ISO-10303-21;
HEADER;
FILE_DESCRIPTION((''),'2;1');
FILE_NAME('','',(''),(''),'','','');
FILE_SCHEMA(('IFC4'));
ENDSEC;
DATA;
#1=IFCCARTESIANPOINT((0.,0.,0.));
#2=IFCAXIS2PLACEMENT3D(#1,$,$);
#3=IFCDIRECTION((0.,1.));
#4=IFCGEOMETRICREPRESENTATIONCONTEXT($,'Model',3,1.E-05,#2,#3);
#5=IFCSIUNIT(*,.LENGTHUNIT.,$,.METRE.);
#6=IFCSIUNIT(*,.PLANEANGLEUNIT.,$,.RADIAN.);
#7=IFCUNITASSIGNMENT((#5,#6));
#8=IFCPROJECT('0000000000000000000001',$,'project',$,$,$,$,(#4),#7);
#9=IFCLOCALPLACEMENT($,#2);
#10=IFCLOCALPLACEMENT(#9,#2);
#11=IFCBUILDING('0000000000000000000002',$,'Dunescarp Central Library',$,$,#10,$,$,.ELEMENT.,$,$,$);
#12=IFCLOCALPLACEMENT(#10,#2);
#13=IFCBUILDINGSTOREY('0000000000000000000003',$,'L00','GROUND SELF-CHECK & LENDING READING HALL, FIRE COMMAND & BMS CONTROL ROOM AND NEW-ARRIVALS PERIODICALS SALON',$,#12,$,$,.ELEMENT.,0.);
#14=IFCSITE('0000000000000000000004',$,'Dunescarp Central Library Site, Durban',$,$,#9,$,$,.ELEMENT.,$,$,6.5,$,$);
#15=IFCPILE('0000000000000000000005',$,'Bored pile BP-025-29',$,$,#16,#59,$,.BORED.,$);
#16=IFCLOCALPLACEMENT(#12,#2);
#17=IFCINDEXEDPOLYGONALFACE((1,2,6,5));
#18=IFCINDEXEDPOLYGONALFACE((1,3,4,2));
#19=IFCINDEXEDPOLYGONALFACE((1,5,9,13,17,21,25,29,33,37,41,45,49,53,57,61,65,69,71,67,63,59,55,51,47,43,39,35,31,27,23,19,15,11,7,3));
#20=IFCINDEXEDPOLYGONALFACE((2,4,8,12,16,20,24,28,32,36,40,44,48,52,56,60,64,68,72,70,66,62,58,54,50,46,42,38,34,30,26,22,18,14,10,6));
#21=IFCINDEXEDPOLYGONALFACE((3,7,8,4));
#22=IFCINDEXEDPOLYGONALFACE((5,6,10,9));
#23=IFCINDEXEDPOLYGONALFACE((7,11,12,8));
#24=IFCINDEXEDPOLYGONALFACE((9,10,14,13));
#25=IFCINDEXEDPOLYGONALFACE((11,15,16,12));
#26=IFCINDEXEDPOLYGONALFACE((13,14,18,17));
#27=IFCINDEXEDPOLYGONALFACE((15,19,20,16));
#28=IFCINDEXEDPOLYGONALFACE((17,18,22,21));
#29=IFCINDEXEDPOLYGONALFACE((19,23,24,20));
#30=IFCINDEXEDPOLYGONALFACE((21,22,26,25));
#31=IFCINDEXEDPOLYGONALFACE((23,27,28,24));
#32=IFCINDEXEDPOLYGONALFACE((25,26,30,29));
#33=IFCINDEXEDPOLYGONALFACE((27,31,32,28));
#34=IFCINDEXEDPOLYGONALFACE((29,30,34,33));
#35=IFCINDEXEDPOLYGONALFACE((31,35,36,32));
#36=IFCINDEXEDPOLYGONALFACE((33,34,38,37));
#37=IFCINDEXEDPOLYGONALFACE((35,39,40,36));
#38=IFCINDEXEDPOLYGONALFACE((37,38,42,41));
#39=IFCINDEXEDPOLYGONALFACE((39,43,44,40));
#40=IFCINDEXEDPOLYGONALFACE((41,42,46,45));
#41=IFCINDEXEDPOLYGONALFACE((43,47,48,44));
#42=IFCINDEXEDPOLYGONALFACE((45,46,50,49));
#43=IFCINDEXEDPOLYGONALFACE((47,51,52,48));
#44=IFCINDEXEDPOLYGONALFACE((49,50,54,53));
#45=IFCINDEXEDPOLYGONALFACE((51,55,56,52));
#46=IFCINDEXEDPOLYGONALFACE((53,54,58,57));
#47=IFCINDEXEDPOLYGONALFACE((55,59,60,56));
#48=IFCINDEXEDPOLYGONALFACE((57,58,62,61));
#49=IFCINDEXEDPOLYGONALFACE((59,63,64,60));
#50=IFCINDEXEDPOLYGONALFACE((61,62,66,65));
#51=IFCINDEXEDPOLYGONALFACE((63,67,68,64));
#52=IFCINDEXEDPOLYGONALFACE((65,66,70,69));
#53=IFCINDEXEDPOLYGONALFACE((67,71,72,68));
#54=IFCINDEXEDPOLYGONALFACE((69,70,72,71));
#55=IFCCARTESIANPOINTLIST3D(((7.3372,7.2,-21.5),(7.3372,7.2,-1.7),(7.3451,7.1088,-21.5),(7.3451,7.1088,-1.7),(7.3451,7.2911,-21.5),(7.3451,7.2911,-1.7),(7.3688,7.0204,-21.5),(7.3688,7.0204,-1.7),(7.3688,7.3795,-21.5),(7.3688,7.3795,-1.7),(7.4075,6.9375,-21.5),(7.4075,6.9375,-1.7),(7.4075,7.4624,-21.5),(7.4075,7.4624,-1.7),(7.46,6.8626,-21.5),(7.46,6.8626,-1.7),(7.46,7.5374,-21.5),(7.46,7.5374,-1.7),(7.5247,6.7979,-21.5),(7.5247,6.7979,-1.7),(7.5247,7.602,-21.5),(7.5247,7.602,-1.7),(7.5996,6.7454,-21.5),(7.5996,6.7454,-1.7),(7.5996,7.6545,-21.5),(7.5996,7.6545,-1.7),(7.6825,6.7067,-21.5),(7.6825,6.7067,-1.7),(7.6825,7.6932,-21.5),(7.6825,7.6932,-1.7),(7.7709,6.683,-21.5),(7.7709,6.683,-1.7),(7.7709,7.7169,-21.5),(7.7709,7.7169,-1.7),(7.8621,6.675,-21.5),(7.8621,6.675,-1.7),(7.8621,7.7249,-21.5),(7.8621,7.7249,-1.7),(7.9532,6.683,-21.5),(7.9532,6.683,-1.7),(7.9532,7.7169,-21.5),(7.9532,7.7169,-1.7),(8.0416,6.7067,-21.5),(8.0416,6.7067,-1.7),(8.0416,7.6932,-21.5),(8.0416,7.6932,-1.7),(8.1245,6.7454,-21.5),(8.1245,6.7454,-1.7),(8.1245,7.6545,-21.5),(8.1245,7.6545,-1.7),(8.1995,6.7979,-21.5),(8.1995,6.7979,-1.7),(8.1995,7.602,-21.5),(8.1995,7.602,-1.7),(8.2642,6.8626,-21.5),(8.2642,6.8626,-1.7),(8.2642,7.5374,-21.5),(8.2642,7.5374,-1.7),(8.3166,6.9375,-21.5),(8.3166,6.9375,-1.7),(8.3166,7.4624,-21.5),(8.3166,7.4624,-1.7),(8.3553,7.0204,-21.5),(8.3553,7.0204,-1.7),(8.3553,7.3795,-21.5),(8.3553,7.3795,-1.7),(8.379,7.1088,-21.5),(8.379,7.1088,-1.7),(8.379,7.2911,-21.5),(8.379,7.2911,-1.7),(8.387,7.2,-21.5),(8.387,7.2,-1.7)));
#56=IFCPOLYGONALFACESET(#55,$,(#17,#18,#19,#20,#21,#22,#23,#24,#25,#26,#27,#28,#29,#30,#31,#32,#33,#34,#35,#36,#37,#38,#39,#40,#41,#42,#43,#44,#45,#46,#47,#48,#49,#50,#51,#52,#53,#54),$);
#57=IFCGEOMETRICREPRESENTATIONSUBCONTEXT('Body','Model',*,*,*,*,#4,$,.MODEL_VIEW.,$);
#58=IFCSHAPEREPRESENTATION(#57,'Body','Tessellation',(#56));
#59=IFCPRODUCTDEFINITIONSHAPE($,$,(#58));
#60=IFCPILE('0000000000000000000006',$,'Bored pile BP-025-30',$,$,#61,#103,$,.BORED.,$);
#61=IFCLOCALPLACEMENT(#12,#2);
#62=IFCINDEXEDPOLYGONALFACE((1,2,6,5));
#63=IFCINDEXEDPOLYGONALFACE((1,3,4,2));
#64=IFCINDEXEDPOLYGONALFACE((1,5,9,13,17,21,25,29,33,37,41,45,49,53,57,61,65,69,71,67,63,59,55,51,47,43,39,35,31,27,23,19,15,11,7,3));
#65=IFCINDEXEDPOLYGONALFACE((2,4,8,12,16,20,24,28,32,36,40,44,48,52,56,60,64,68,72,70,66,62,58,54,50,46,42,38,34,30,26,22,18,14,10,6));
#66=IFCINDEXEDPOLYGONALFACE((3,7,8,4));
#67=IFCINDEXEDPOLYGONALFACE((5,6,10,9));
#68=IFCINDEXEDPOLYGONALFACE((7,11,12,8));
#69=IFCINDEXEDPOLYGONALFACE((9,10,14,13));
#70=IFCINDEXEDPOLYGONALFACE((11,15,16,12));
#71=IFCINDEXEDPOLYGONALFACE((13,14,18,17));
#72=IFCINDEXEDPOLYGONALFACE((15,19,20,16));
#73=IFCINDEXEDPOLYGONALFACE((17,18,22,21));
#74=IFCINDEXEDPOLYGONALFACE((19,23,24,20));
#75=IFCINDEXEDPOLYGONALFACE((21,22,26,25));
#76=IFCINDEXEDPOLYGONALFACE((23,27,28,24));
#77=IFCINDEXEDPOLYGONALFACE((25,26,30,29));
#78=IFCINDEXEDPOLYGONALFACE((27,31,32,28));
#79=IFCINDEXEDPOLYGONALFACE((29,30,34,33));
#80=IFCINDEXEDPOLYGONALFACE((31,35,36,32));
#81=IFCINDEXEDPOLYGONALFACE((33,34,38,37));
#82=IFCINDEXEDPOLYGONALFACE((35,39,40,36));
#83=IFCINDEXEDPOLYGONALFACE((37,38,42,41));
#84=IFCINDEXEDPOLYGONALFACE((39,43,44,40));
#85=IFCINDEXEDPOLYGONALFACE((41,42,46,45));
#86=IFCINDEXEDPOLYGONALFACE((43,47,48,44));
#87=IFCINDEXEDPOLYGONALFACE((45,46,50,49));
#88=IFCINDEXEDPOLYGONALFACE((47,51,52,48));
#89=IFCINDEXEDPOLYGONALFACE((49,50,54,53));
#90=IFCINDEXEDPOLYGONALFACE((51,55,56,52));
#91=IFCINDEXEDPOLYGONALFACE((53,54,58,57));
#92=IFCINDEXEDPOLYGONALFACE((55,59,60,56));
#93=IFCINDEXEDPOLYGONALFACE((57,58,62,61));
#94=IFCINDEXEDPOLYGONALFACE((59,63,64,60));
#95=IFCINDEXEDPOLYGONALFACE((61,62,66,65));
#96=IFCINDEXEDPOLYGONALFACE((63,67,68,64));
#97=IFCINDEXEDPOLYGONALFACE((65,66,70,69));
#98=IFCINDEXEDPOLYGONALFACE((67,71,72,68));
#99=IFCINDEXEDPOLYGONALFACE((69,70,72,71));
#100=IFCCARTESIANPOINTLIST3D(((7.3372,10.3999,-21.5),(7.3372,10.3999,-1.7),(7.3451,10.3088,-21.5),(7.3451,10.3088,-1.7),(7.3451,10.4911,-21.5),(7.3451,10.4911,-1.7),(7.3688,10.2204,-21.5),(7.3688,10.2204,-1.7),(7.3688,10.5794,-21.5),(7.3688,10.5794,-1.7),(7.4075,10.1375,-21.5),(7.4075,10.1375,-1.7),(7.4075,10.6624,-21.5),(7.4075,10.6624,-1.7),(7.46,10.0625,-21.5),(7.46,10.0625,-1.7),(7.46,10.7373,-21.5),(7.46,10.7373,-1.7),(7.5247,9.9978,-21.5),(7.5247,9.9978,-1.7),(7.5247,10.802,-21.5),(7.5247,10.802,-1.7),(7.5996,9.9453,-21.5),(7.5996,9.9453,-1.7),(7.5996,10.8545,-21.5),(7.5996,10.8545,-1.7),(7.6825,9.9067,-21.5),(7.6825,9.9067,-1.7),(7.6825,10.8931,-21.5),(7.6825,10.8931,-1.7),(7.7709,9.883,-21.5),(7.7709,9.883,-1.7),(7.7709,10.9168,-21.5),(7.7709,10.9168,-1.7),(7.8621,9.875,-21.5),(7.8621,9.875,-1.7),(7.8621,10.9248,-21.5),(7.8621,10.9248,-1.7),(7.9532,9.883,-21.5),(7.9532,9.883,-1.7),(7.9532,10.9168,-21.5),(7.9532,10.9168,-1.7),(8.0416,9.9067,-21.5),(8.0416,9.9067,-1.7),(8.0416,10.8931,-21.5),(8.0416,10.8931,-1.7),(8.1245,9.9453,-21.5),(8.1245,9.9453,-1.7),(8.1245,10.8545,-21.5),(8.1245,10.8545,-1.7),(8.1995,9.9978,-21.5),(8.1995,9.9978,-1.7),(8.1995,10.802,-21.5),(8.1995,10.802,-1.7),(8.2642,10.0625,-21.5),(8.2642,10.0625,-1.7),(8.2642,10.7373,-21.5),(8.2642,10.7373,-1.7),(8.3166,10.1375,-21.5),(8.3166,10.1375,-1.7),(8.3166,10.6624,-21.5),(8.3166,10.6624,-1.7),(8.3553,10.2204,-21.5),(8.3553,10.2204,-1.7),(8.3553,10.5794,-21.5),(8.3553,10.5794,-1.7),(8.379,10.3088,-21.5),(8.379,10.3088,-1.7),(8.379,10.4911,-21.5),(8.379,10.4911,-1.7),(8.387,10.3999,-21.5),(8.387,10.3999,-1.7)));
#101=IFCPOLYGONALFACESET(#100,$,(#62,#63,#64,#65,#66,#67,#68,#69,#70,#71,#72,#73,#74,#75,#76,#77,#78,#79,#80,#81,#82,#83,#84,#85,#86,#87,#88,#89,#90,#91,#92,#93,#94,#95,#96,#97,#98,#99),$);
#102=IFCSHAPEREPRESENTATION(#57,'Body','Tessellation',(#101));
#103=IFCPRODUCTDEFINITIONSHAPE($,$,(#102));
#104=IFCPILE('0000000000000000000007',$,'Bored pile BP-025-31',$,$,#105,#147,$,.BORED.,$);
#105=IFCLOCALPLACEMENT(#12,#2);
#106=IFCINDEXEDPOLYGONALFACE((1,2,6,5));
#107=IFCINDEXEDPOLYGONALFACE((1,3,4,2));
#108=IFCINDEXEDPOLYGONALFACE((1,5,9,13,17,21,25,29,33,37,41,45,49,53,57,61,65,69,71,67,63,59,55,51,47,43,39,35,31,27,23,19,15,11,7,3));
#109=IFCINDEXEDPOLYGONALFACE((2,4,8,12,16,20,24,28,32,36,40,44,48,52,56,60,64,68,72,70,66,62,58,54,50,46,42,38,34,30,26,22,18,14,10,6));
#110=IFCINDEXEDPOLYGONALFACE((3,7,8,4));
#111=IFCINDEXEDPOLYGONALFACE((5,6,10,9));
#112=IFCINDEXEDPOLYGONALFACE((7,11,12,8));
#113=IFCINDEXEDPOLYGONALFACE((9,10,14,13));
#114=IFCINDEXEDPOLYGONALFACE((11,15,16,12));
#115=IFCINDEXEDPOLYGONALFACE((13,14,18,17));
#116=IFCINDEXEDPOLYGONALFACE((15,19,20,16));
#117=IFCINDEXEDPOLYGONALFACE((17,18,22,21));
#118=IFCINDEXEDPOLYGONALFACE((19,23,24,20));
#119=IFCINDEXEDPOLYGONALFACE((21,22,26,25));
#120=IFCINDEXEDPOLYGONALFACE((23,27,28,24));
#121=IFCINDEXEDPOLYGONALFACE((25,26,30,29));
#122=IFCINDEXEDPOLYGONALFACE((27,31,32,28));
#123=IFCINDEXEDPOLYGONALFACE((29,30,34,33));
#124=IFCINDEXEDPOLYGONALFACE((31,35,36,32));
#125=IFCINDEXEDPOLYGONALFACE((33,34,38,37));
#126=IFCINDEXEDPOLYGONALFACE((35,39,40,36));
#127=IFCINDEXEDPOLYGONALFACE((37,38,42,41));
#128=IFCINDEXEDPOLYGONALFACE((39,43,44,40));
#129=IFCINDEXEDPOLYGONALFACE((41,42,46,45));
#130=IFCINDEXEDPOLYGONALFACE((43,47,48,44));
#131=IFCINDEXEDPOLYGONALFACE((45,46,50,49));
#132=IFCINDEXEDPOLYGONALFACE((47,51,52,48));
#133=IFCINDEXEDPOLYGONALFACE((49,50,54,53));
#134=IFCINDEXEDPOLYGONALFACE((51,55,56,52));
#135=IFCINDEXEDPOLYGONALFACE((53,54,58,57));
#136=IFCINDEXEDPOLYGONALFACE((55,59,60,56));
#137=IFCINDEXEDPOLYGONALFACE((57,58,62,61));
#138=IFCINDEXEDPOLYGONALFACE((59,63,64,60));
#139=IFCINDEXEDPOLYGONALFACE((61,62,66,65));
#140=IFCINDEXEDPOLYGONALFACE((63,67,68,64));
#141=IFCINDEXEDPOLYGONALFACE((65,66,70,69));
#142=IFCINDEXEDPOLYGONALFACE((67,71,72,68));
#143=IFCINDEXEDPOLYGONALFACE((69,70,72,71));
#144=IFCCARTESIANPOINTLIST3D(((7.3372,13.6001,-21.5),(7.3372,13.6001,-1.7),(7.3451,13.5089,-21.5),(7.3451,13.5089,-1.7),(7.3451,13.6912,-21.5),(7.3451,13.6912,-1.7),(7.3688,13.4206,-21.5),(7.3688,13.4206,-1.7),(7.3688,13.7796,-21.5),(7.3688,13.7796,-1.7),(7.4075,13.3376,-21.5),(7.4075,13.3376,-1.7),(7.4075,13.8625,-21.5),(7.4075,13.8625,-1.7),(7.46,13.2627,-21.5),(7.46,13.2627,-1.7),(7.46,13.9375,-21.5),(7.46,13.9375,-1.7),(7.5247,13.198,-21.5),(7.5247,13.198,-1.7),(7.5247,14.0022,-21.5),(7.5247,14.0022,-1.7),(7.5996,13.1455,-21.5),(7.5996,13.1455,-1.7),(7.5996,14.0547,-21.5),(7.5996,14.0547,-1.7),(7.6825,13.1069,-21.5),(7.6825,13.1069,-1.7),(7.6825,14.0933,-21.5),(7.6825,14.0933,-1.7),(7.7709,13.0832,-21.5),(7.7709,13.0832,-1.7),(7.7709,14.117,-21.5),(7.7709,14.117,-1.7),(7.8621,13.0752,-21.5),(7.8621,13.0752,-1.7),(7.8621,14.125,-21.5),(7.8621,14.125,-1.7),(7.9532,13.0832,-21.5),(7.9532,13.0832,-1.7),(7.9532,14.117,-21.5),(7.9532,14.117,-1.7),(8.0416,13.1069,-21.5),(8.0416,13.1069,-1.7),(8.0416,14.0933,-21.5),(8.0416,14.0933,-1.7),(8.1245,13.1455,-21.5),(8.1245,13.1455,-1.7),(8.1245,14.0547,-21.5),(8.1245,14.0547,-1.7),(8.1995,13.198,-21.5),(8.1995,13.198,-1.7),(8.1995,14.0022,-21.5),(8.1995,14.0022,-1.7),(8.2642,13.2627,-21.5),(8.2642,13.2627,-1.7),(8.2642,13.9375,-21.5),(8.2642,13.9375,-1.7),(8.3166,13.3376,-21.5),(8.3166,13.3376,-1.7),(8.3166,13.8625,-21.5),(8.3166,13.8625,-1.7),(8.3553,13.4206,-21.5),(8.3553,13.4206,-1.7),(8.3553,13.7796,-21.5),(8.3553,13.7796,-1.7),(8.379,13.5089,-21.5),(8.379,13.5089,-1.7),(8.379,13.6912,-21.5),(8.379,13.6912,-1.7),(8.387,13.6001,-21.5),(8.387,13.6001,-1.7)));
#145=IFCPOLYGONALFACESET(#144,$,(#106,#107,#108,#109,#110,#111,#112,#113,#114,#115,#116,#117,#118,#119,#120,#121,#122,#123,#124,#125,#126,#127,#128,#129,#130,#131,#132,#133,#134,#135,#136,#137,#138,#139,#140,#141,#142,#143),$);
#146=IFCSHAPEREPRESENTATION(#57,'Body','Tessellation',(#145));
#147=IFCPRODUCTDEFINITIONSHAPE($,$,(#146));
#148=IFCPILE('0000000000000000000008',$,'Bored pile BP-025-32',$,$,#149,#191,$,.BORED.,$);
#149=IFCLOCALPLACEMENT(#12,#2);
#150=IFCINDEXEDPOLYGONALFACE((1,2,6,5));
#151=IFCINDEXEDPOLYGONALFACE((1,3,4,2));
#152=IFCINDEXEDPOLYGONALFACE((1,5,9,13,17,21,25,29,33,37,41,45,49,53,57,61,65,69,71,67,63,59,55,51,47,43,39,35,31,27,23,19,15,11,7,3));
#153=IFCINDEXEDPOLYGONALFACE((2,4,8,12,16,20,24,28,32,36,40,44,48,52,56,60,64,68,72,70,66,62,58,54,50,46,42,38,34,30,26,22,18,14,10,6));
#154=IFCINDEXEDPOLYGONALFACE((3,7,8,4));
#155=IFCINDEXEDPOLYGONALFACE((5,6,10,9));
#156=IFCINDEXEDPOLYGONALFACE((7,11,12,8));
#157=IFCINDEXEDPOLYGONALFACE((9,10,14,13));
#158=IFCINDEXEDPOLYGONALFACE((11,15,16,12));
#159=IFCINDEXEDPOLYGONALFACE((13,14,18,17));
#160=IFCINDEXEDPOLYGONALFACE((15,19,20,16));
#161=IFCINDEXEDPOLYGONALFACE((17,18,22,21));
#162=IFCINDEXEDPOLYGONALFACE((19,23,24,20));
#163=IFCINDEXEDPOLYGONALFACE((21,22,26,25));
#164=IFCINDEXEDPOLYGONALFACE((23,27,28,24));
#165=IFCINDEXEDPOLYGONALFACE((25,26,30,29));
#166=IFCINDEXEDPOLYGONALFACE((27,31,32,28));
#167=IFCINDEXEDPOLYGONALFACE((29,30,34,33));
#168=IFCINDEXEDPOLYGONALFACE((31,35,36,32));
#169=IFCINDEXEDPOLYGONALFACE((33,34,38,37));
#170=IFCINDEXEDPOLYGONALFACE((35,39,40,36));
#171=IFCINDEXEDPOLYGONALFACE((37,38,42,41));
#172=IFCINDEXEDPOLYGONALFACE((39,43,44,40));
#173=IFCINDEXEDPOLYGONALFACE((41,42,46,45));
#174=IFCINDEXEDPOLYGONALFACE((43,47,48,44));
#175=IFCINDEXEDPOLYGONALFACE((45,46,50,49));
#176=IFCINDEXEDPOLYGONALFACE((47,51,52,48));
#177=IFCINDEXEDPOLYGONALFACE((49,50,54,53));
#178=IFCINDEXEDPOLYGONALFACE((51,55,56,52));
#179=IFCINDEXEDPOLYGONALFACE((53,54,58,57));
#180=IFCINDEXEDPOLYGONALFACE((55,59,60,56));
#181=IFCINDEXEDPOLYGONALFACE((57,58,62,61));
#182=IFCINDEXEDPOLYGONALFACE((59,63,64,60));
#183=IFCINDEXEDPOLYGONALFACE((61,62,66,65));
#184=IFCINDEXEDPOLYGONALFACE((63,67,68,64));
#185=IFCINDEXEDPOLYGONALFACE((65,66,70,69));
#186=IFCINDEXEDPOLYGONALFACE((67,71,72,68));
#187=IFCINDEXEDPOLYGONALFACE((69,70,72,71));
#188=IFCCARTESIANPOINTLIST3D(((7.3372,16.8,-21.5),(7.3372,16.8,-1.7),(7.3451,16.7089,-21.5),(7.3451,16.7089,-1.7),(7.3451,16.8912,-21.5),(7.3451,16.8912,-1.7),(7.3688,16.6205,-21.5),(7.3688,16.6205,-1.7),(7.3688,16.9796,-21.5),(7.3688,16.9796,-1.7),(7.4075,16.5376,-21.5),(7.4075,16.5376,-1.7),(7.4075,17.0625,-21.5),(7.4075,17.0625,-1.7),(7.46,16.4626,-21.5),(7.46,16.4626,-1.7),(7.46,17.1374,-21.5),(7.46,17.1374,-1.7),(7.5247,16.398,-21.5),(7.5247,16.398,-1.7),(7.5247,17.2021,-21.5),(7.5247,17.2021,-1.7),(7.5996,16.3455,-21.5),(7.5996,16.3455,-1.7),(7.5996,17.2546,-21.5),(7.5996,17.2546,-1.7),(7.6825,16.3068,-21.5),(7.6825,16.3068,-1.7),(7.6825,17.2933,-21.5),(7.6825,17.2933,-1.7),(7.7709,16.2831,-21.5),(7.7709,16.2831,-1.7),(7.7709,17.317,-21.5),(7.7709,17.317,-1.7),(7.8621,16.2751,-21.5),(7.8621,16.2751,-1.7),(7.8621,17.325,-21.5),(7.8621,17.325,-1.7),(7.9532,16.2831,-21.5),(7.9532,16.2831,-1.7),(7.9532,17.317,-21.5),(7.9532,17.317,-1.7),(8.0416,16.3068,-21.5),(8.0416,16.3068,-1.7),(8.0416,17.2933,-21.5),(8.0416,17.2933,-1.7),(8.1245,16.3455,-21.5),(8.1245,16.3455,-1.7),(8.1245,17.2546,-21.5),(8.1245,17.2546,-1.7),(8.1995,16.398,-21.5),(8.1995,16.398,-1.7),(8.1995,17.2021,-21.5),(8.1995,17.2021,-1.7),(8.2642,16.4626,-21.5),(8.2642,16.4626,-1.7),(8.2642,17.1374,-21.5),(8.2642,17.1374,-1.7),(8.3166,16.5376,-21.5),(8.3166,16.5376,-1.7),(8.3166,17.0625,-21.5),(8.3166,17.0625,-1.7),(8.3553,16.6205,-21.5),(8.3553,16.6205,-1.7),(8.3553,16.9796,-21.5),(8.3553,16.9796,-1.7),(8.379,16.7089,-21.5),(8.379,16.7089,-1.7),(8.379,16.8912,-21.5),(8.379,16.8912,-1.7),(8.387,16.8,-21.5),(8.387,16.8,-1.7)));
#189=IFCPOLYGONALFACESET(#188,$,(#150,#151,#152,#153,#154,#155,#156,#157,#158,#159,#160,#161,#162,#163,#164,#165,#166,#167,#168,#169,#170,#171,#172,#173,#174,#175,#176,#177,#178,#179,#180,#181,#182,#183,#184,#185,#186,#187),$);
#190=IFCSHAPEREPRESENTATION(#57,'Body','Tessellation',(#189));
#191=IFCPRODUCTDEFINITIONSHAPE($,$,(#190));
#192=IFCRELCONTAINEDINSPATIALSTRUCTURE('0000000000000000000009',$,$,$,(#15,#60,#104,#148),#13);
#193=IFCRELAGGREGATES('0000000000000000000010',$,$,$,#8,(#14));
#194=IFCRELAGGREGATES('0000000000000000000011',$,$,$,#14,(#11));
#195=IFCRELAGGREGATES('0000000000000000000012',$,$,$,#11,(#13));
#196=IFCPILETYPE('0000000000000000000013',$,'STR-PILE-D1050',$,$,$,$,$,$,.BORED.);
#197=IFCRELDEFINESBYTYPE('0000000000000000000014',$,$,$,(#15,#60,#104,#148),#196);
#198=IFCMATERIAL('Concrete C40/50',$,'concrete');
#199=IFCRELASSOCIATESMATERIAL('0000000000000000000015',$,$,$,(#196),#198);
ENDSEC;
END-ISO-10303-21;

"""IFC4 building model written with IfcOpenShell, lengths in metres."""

from ifc_helpers import new_model, si_unit, direction, frame, origin, origin_2d, place, context, subcontext, project, spatial, circle, extrude, material, material_profile, profile_set, type_object, element, save


model = new_model("IFC4")

# Units and contexts
model_context = context("Model", 3, precision=1e-05, world=origin(), true_north=direction((0.0, 1.0)))
body_context = subcontext(model_context, "Body", "Model", "MODEL_VIEW")
ifc_project = project(units=[si_unit("LENGTHUNIT", "METRE"), si_unit("PLANEANGLEUNIT", "RADIAN")], contexts=[model_context])

# Site, building, storey
site_placement = place(None, origin())
site = spatial("IfcSite", under=ifc_project, at=site_placement, Name="Dunescarp Central Library Site, Durban", CompositionType="ELEMENT", RefElevation=6.5)
building_placement = place(site_placement, origin())
building = spatial("IfcBuilding", under=site, at=building_placement, Name="Dunescarp Central Library", CompositionType="ELEMENT")
storey_placement = place(building_placement, origin())
storey = spatial("IfcBuildingStorey", under=building, at=storey_placement, Name="L00", Description="GROUND SELF-CHECK & LENDING READING HALL, FIRE COMMAND & BMS CONTROL ROOM AND NEW-ARRIVALS PERIODICALS SALON", CompositionType="ELEMENT", Elevation=0.0)

# Piles
ifc_material_1 = material(Name="Concrete C40/50", Category="concrete")
ifc_material_profile_1 = material_profile(ifc_material_1, circle(Radius=0.5249, at=origin_2d()), Name="PILE D1050")
ifc_profile_set_1 = profile_set([ifc_material_profile_1], Name="Concrete C40/50")
pile_type = type_object("IfcPileType", Name="STR-PILE-D1050", PredefinedType="BORED", material=ifc_profile_set_1)
for number, where, z_axis, x_axis, name in (
    (1, (7.8621, 7.2, -1.7), (0.0, 0.0, -1.0), (1.0, 0.0, 0.0), "Bored pile BP-025-29"),
    (2, (7.8621, 10.3999, -1.7), (0.0, 0.0, -1.0), (1.0, 0.0, 0.0), "Bored pile BP-025-30"),
    (3, (7.8621, 13.6001, -1.7), (0.0, 0.0, -1.0), (1.0, 0.0, 0.0), "Bored pile BP-025-31"),
    (4, (7.8621, 16.8, -1.7), (0.0, 0.0, -1.0), (1.0, 0.0, 0.0), "Bored pile BP-025-32"),
):
    element("IfcPile", number, at=place(storey_placement, frame(where, z_axis=z_axis, x_axis=x_axis)), inside=storey, type_object=pile_type, Name=name, PredefinedType="BORED", context=body_context, shape_type="SweptSolid", body=[
        extrude(circle(Radius=0.5249, at=origin_2d()), origin(), (0.0, 0.0, 1.0), 19.8),
    ])

save(model, "model.ifc")
